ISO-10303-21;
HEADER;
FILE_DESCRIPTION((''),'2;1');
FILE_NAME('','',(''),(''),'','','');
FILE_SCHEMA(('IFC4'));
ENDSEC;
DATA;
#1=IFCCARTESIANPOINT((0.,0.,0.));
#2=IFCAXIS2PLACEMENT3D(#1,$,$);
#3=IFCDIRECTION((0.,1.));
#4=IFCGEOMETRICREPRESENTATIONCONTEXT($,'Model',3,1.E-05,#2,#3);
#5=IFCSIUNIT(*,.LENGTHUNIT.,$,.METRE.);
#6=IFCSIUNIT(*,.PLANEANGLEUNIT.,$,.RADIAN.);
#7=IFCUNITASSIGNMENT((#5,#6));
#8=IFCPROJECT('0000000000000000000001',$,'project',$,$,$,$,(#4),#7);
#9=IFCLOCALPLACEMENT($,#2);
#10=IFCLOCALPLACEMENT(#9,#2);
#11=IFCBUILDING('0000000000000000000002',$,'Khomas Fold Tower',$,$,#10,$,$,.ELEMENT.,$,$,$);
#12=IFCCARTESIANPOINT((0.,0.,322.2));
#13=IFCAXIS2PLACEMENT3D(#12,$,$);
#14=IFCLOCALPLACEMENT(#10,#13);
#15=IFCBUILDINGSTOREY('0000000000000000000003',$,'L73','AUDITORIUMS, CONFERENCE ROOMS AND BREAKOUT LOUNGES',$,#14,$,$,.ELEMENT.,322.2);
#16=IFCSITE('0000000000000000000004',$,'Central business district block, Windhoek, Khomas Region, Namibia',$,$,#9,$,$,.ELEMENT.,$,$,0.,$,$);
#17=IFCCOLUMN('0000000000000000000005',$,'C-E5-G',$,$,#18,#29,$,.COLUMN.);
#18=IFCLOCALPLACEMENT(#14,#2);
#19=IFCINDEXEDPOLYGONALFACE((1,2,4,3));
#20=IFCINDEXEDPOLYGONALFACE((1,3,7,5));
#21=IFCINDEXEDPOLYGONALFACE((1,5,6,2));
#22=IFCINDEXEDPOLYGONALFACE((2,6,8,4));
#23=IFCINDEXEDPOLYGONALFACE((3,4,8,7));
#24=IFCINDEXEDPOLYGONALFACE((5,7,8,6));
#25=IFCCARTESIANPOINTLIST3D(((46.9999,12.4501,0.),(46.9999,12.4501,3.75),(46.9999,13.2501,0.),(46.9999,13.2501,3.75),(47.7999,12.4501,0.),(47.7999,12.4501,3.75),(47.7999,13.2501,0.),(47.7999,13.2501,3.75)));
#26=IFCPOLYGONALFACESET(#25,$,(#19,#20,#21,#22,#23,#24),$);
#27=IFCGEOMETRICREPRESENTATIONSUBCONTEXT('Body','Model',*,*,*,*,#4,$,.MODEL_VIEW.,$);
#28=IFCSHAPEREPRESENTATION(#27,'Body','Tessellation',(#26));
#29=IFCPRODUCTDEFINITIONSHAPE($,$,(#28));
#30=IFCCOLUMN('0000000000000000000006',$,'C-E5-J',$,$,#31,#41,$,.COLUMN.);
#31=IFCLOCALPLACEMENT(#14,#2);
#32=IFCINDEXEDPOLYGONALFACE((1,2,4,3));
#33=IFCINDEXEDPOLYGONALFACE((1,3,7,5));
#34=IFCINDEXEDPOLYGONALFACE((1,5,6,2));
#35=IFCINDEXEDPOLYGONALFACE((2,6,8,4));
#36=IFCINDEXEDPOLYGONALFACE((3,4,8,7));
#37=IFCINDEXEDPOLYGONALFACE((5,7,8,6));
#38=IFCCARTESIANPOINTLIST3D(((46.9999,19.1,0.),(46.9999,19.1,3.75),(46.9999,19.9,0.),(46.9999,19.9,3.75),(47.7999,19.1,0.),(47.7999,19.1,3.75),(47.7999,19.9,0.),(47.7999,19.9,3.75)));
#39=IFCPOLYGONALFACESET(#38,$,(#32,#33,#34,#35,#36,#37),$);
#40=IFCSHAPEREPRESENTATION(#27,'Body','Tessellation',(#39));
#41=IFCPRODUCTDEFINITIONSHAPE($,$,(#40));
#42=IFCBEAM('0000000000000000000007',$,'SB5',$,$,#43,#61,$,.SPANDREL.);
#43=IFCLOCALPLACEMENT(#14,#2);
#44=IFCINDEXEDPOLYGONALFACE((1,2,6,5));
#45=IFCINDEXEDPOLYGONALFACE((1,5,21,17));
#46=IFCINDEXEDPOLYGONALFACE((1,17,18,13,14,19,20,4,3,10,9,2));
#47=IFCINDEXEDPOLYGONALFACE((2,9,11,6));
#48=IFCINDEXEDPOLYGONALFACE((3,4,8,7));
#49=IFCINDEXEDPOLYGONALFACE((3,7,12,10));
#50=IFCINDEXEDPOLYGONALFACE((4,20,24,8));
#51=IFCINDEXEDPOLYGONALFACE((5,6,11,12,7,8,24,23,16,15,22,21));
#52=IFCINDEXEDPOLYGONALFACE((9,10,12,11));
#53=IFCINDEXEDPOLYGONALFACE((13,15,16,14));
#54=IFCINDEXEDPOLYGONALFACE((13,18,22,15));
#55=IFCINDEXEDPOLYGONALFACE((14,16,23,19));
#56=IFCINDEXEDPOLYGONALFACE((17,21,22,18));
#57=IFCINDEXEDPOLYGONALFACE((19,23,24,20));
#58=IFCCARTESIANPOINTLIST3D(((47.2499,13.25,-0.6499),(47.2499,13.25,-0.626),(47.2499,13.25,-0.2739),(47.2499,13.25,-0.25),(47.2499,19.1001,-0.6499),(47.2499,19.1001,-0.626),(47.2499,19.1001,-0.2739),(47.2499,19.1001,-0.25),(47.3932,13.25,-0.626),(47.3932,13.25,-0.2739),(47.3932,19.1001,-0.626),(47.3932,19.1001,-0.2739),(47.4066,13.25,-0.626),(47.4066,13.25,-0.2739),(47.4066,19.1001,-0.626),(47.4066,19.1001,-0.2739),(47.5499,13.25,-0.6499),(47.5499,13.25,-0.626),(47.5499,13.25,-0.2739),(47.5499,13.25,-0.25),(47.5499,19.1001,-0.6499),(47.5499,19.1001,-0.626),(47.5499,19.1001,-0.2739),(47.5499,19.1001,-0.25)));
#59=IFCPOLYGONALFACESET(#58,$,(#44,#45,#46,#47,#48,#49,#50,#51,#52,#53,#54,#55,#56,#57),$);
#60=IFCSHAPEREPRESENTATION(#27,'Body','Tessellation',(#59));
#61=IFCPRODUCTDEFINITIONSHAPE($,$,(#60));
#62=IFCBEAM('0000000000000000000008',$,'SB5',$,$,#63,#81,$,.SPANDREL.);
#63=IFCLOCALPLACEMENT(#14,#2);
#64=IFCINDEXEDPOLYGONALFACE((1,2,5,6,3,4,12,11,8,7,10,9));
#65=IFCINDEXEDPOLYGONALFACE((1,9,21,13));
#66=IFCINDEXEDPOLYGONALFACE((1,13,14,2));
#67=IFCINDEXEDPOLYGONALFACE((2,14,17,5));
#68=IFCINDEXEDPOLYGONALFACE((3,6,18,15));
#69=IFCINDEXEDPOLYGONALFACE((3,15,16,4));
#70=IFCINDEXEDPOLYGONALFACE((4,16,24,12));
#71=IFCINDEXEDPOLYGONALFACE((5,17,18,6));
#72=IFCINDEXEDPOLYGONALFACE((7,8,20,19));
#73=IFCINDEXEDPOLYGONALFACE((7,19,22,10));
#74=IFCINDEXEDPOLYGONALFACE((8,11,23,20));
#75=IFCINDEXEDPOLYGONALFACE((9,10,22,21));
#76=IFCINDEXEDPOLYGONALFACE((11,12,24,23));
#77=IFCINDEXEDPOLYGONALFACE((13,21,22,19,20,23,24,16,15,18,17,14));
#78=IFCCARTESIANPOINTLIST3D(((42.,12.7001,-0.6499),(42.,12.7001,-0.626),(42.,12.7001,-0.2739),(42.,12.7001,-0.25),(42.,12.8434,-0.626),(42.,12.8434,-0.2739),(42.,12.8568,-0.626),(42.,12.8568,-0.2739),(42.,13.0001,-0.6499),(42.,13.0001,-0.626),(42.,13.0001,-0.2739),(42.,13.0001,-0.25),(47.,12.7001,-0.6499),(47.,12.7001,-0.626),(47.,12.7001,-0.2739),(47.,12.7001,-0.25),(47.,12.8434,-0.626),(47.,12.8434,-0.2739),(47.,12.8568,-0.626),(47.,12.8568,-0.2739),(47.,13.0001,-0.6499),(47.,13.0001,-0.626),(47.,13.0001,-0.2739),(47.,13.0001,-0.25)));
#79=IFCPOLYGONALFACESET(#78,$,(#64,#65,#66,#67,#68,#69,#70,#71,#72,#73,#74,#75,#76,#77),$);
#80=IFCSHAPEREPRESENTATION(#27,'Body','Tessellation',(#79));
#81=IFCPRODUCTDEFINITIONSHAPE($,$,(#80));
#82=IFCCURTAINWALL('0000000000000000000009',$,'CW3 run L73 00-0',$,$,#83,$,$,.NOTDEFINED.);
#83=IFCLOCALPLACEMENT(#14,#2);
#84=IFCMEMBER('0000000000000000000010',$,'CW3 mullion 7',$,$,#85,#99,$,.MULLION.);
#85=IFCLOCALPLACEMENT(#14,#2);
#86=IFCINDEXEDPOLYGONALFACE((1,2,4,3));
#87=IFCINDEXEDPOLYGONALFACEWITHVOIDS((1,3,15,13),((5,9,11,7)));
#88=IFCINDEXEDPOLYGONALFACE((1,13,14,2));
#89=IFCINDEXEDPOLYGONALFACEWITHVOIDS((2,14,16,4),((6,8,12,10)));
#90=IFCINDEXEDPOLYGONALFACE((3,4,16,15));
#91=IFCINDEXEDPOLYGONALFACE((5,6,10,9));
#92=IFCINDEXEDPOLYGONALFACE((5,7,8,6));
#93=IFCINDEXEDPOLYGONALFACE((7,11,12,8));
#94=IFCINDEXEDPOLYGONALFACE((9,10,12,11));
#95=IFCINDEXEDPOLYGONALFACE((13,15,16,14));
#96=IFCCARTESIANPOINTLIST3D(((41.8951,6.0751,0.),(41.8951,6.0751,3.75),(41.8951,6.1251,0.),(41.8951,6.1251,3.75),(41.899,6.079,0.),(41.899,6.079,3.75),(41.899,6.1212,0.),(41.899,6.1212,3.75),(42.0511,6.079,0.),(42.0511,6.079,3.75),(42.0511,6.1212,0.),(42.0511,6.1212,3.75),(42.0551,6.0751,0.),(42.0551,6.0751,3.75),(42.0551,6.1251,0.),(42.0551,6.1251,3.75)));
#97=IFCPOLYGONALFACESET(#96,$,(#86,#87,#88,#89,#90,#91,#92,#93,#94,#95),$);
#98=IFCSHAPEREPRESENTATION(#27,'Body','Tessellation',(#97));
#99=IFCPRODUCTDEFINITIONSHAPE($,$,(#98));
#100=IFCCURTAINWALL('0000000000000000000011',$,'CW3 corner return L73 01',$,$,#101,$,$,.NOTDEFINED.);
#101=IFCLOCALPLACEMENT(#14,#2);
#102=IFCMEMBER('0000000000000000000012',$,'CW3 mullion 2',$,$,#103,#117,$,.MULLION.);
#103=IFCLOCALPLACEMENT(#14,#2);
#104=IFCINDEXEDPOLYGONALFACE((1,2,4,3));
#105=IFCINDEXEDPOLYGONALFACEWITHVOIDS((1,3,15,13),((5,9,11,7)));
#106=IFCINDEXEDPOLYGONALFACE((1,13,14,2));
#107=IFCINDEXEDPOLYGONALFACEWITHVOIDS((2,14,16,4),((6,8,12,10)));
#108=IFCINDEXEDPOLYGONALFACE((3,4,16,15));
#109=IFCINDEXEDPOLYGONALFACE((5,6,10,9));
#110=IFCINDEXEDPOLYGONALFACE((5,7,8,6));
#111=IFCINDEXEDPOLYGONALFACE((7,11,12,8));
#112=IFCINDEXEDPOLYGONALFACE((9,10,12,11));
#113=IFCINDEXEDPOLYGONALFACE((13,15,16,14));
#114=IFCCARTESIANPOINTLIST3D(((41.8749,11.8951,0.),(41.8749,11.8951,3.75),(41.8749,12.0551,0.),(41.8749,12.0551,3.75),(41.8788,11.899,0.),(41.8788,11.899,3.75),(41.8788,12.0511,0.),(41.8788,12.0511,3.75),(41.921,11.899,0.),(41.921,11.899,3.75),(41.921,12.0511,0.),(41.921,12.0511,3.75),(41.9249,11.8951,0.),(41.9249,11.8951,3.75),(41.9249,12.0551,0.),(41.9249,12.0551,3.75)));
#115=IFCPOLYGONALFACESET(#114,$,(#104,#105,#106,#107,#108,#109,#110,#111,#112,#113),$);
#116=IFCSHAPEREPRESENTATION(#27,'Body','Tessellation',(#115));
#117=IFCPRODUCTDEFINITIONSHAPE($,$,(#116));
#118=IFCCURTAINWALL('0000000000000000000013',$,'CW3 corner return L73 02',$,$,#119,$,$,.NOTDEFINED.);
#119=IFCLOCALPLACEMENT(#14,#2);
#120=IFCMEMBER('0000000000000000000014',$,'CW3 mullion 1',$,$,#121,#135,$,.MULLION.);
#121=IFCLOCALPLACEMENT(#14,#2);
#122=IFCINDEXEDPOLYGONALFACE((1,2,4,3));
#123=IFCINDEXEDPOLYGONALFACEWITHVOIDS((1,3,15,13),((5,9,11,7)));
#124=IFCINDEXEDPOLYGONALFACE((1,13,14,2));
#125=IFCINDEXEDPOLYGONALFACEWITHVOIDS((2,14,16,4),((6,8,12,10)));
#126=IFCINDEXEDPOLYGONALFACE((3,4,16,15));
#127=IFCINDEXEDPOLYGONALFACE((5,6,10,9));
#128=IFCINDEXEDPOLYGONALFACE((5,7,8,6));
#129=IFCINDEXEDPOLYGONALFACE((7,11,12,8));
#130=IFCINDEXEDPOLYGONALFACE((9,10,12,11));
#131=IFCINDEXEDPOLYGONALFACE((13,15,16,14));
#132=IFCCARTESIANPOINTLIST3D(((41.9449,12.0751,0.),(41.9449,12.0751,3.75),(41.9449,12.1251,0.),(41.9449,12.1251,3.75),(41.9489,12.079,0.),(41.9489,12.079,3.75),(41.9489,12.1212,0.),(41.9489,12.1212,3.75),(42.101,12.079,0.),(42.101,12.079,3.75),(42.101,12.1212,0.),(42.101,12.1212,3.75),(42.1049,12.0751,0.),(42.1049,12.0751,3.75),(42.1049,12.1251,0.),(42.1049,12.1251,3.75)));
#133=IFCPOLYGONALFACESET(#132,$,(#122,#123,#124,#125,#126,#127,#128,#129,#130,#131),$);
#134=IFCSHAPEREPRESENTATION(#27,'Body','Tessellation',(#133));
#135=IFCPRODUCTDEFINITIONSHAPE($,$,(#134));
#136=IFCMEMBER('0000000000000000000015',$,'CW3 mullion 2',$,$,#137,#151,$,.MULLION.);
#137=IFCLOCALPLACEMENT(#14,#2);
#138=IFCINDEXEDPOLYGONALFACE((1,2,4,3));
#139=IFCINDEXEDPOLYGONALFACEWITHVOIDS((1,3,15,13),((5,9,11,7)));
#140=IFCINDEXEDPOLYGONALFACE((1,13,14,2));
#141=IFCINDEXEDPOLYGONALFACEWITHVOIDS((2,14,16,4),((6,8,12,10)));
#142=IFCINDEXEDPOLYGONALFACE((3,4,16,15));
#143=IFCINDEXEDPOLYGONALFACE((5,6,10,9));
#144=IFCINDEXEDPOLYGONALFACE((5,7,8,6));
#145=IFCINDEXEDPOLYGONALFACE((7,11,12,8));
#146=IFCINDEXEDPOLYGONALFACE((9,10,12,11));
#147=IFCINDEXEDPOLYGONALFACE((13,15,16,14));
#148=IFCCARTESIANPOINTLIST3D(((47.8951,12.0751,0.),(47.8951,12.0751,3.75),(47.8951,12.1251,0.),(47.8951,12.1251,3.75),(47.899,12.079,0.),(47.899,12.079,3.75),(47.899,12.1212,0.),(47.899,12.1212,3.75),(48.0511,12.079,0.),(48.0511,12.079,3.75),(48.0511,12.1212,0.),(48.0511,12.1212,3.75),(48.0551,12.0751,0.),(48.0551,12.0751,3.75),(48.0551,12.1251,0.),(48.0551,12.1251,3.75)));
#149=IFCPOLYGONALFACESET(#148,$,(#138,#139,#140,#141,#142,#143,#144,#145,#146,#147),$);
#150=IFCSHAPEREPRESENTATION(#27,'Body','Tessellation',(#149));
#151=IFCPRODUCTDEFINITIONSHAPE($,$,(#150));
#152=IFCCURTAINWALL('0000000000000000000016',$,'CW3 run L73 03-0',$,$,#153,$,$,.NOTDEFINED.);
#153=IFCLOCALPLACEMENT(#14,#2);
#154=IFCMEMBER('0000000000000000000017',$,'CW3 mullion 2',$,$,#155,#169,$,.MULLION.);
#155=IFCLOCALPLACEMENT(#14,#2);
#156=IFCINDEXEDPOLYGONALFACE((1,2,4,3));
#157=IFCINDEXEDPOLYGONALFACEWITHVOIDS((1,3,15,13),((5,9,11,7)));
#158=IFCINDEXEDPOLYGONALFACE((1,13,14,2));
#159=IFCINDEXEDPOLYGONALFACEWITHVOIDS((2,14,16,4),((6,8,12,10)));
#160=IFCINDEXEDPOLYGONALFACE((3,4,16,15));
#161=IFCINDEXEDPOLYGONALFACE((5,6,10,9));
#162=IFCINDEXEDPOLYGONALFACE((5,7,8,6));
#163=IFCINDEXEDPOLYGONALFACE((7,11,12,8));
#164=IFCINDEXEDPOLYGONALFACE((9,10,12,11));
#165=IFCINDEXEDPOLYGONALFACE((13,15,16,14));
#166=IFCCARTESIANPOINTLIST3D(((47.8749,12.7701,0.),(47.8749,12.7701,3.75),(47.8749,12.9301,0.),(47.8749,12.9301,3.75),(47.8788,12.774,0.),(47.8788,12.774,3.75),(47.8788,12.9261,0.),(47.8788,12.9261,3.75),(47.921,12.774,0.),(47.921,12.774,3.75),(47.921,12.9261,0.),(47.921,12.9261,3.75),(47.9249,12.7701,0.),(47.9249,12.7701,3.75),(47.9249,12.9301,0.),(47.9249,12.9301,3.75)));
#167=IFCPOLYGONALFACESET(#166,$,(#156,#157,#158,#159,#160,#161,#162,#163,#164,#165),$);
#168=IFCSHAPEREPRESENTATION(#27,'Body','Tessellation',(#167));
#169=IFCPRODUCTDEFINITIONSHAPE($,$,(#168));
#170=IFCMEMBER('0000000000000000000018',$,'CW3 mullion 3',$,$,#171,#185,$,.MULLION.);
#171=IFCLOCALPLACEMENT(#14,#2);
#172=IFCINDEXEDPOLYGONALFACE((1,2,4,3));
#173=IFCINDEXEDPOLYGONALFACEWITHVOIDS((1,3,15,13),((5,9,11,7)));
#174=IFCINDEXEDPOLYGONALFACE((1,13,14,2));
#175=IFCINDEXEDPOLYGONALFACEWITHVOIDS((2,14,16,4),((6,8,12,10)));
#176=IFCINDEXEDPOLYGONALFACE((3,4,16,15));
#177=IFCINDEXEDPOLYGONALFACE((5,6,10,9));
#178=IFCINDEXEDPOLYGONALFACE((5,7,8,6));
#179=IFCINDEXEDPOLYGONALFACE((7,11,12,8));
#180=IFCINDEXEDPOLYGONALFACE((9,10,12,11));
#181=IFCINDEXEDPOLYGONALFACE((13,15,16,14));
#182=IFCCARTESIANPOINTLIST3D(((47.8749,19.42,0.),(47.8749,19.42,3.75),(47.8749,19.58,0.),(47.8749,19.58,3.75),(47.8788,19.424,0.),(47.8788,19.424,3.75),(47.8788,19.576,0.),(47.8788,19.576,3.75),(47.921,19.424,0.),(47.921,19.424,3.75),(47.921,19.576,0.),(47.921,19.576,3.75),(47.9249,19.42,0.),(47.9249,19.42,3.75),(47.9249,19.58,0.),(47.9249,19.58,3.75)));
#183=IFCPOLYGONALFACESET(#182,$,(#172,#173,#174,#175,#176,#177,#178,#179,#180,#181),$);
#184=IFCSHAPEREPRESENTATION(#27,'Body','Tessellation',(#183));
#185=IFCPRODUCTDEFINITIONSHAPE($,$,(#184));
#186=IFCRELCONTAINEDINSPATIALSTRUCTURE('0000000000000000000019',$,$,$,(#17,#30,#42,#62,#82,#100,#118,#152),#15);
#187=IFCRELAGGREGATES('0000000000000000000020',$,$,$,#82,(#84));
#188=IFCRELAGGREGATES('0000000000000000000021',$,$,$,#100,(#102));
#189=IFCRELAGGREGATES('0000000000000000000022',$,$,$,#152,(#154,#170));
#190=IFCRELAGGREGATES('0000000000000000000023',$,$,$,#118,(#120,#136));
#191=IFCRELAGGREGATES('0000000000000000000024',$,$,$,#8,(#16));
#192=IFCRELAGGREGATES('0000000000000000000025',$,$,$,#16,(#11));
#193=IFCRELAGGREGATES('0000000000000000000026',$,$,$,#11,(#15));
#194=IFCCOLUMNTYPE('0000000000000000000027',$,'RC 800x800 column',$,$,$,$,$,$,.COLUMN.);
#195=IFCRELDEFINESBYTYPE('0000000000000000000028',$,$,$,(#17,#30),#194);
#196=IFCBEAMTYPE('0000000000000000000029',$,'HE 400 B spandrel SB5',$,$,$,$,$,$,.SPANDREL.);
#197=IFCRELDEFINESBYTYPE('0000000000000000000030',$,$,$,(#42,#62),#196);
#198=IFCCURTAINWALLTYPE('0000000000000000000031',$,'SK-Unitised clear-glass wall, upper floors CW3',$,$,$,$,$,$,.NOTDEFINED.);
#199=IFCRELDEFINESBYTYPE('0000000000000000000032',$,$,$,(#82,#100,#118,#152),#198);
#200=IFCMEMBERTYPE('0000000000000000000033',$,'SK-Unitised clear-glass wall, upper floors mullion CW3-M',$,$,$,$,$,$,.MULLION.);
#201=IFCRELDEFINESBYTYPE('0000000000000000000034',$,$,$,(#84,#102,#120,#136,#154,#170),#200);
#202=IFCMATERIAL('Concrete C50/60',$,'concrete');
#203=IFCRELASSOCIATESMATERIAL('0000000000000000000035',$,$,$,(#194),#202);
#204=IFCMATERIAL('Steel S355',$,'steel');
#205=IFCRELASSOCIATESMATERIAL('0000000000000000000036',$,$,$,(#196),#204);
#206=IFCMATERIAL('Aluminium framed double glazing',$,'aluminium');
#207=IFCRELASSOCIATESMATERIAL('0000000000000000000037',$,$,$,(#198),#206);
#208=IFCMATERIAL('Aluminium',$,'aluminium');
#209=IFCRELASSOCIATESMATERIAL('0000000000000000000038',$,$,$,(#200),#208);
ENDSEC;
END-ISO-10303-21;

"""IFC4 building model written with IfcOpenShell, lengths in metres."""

from ifc_helpers import new_model, si_unit, direction, frame, origin, origin_2d, place, context, subcontext, project, spatial, rectangle, hollow_rectangle, i_section, extrude, source, transform, mapped, material, material_profile, profile_set, type_object, element, aggregate, save


model = new_model("IFC4")

# Units and contexts
model_context = context("Model", 3, precision=1e-05, world=origin(), true_north=direction((0.0, 1.0)))
body_context = subcontext(model_context, "Body", "Model", "MODEL_VIEW")
ifc_project = project(units=[si_unit("LENGTHUNIT", "METRE"), si_unit("PLANEANGLEUNIT", "RADIAN")], contexts=[model_context])

# Site, building, storey
site_placement = place(None, origin())
site = spatial("IfcSite", under=ifc_project, at=site_placement, Name="Central business district block, Windhoek, Khomas Region, Namibia", CompositionType="ELEMENT", RefElevation=0.0)
building_placement = place(site_placement, origin())
building = spatial("IfcBuilding", under=site, at=building_placement, Name="Khomas Fold Tower", CompositionType="ELEMENT")
storey_placement = place(building_placement, frame((0.0, 0.0, 322.2)))
storey = spatial("IfcBuildingStorey", under=building, at=storey_placement, Name="L73", Description="AUDITORIUMS, CONFERENCE ROOMS AND BREAKOUT LOUNGES", CompositionType="ELEMENT", Elevation=322.2)

# Columns
ifc_material_1 = material(Name="Concrete C50/60", Category="concrete")
ifc_material_profile_1 = material_profile(ifc_material_1, rectangle(XDim=0.8, YDim=0.8, at=origin_2d()), Name="RC 800x800")
ifc_profile_set_1 = profile_set([ifc_material_profile_1], Name="Concrete C50/60")
column_type = type_object("IfcColumnType", Name="RC 800x800 column", PredefinedType="COLUMN", material=ifc_profile_set_1)
shared_shape_1 = source(origin(), body_context, "Body", "SweptSolid", [
    extrude(rectangle(XDim=0.8, YDim=0.8, at=origin_2d()), origin(), (0.0, 0.0, 1.0), 3.75),
])
for number, where, z_axis, x_axis, name in (
    (1, (47.3999, 12.8501, 0.0), (0.0, 0.0, 1.0), (1.0, 0.0, 0.0), "C-E5-G"),
    (2, (47.3999, 19.5, 0.0), (0.0, 0.0, 1.0), (1.0, 0.0, 0.0), "C-E5-J"),
):
    element("IfcColumn", number, at=place(storey_placement, frame(where, z_axis=z_axis, x_axis=x_axis)), inside=storey, type_object=column_type, Name=name, PredefinedType="COLUMN", context=body_context, shape_type="MappedRepresentation", body=[
        mapped(shared_shape_1, transform((0.0, 0.0, 0.0))),
    ])

# Beams
ifc_material_2 = material(Name="Steel S355", Category="steel")
ifc_material_profile_2 = material_profile(ifc_material_2, i_section(OverallWidth=0.3, OverallDepth=0.3999, WebThickness=0.0134, FlangeThickness=0.0239, at=origin_2d()), Name="HE 400 B")
ifc_profile_set_2 = profile_set([ifc_material_profile_2], Name="Steel S355")
beam_type = type_object("IfcBeamType", Name="HE 400 B spandrel SB5", PredefinedType="SPANDREL", material=ifc_profile_set_2)
shared_shape_2 = source(origin(), body_context, "Body", "SweptSolid", [
    extrude(i_section(OverallWidth=0.3, OverallDepth=0.3999, WebThickness=0.0134, FlangeThickness=0.0239, at=origin_2d()), origin(), (0.0, 0.0, 1.0), 5.8501),
])
beam_1_placement = place(storey_placement, frame((47.3999, 13.25, -0.45), z_axis=(0.0, 1.0, 0.0), x_axis=(-1.0, 0.0, 0.0)))
element("IfcBeam", 3, at=beam_1_placement, inside=storey, type_object=beam_type, Name="SB5", PredefinedType="SPANDREL", context=body_context, shape_type="MappedRepresentation", body=[
    mapped(shared_shape_2, transform((0.0, 0.0, 0.0))),
])
shared_shape_3 = source(origin(), body_context, "Body", "SweptSolid", [
    extrude(i_section(OverallWidth=0.3, OverallDepth=0.3999, WebThickness=0.0134, FlangeThickness=0.0239, at=origin_2d()), origin(), (0.0, 0.0, 1.0), 5.0),
])
beam_2_placement = place(storey_placement, frame((42.0, 12.8501, -0.45), z_axis=(1.0, 0.0, 0.0), x_axis=(0.0, 1.0, 0.0)))
element("IfcBeam", 4, at=beam_2_placement, inside=storey, type_object=beam_type, Name="SB5", PredefinedType="SPANDREL", context=body_context, shape_type="MappedRepresentation", body=[
    mapped(shared_shape_3, transform((0.0, 0.0, 0.0))),
])

# Curtain walls, members
ifc_material_3 = material(Name="Aluminium framed double glazing", Category="aluminium")
curtain_wall_type = type_object("IfcCurtainWallType", Name="SK-Unitised clear-glass wall, upper floors CW3", PredefinedType="NOTDEFINED", material=ifc_material_3)
curtain_wall_1_placement = place(storey_placement, origin())
curtain_wall_1 = element("IfcCurtainWall", 5, at=curtain_wall_1_placement, inside=storey, type_object=curtain_wall_type, Name="CW3 run L73 00-0", PredefinedType="NOTDEFINED")
ifc_material_4 = material(Name="Aluminium", Category="aluminium")
ifc_material_profile_3 = material_profile(ifc_material_4, hollow_rectangle(XDim=0.05, YDim=0.1599, WallThickness=0.0039, at=origin_2d()), Name="SK-Unitised clear-glass wall, upper floors mullion CW3-M")
ifc_profile_set_3 = profile_set([ifc_material_profile_3], Name="Aluminium")
member_type_1 = type_object("IfcMemberType", Name="SK-Unitised clear-glass wall, upper floors mullion CW3-M", PredefinedType="MULLION", material=ifc_profile_set_3)
shared_shape_4 = source(origin(), body_context, "Body", "SweptSolid", [
    extrude(hollow_rectangle(XDim=0.05, YDim=0.1599, WallThickness=0.0039, at=origin_2d()), origin(), (0.0, 0.0, 1.0), 3.75),
])
member_1_placement = place(storey_placement, frame((41.9751, 6.1001, 0.0), z_axis=(0.0, 0.0, 1.0), x_axis=(0.0, 1.0, 0.0)))
member_1 = element("IfcMember", 6, at=member_1_placement, type_object=member_type_1, Name="CW3 mullion 7", PredefinedType="MULLION", context=body_context, shape_type="MappedRepresentation", body=[
    mapped(shared_shape_4, transform((0.0, 0.0, 0.0))),
])
aggregate(curtain_wall_1, [member_1])
curtain_wall_2_placement = place(storey_placement, origin())
curtain_wall_2 = element("IfcCurtainWall", 7, at=curtain_wall_2_placement, inside=storey, type_object=curtain_wall_type, Name="CW3 corner return L73 01", PredefinedType="NOTDEFINED")
member_2_placement = place(storey_placement, frame((41.8999, 11.9751, 0.0), z_axis=(0.0, 0.0, 1.0), x_axis=(-1.0, 0.0, 0.0)))
member_2 = element("IfcMember", 8, at=member_2_placement, type_object=member_type_1, Name="CW3 mullion 2", PredefinedType="MULLION", context=body_context, shape_type="MappedRepresentation", body=[
    mapped(shared_shape_4, transform((0.0, 0.0, 0.0))),
])
aggregate(curtain_wall_2, [member_2])

# Curtain walls, members
curtain_wall_3_placement = place(storey_placement, origin())
curtain_wall_3 = element("IfcCurtainWall", 9, at=curtain_wall_3_placement, inside=storey, type_object=curtain_wall_type, Name="CW3 corner return L73 02", PredefinedType="NOTDEFINED")
member_3_placement = place(storey_placement, frame((42.0249, 12.1001, 0.0), z_axis=(0.0, 0.0, 1.0), x_axis=(0.0, 1.0, 0.0)))
member_3 = element("IfcMember", 10, at=member_3_placement, type_object=member_type_1, Name="CW3 mullion 1", PredefinedType="MULLION", context=body_context, shape_type="MappedRepresentation", body=[
    mapped(shared_shape_4, transform((0.0, 0.0, 0.0))),
])
member_4_placement = place(storey_placement, frame((47.9751, 12.1001, 0.0), z_axis=(0.0, 0.0, 1.0), x_axis=(0.0, 1.0, 0.0)))
member_4 = element("IfcMember", 11, at=member_4_placement, type_object=member_type_1, Name="CW3 mullion 2", PredefinedType="MULLION", context=body_context, shape_type="MappedRepresentation", body=[
    mapped(shared_shape_4, transform((0.0, 0.0, 0.0))),
])
curtain_wall_4_placement = place(storey_placement, origin())
curtain_wall_4 = element("IfcCurtainWall", 12, at=curtain_wall_4_placement, inside=storey, type_object=curtain_wall_type, Name="CW3 run L73 03-0", PredefinedType="NOTDEFINED")
member_5_placement = place(storey_placement, frame((47.8999, 12.8501, 0.0), z_axis=(0.0, 0.0, 1.0), x_axis=(-1.0, 0.0, 0.0)))
member_5 = element("IfcMember", 13, at=member_5_placement, type_object=member_type_1, Name="CW3 mullion 2", PredefinedType="MULLION", context=body_context, shape_type="MappedRepresentation", body=[
    mapped(shared_shape_4, transform((0.0, 0.0, 0.0))),
])
member_6_placement = place(storey_placement, frame((47.8999, 19.5, 0.0), z_axis=(0.0, 0.0, 1.0), x_axis=(-1.0, 0.0, 0.0)))
member_6 = element("IfcMember", 14, at=member_6_placement, type_object=member_type_1, Name="CW3 mullion 3", PredefinedType="MULLION", context=body_context, shape_type="MappedRepresentation", body=[
    mapped(shared_shape_4, transform((0.0, 0.0, 0.0))),
])

aggregate(curtain_wall_4, [member_5, member_6])
aggregate(curtain_wall_3, [member_3, member_4])

save(model, "model.ifc")
